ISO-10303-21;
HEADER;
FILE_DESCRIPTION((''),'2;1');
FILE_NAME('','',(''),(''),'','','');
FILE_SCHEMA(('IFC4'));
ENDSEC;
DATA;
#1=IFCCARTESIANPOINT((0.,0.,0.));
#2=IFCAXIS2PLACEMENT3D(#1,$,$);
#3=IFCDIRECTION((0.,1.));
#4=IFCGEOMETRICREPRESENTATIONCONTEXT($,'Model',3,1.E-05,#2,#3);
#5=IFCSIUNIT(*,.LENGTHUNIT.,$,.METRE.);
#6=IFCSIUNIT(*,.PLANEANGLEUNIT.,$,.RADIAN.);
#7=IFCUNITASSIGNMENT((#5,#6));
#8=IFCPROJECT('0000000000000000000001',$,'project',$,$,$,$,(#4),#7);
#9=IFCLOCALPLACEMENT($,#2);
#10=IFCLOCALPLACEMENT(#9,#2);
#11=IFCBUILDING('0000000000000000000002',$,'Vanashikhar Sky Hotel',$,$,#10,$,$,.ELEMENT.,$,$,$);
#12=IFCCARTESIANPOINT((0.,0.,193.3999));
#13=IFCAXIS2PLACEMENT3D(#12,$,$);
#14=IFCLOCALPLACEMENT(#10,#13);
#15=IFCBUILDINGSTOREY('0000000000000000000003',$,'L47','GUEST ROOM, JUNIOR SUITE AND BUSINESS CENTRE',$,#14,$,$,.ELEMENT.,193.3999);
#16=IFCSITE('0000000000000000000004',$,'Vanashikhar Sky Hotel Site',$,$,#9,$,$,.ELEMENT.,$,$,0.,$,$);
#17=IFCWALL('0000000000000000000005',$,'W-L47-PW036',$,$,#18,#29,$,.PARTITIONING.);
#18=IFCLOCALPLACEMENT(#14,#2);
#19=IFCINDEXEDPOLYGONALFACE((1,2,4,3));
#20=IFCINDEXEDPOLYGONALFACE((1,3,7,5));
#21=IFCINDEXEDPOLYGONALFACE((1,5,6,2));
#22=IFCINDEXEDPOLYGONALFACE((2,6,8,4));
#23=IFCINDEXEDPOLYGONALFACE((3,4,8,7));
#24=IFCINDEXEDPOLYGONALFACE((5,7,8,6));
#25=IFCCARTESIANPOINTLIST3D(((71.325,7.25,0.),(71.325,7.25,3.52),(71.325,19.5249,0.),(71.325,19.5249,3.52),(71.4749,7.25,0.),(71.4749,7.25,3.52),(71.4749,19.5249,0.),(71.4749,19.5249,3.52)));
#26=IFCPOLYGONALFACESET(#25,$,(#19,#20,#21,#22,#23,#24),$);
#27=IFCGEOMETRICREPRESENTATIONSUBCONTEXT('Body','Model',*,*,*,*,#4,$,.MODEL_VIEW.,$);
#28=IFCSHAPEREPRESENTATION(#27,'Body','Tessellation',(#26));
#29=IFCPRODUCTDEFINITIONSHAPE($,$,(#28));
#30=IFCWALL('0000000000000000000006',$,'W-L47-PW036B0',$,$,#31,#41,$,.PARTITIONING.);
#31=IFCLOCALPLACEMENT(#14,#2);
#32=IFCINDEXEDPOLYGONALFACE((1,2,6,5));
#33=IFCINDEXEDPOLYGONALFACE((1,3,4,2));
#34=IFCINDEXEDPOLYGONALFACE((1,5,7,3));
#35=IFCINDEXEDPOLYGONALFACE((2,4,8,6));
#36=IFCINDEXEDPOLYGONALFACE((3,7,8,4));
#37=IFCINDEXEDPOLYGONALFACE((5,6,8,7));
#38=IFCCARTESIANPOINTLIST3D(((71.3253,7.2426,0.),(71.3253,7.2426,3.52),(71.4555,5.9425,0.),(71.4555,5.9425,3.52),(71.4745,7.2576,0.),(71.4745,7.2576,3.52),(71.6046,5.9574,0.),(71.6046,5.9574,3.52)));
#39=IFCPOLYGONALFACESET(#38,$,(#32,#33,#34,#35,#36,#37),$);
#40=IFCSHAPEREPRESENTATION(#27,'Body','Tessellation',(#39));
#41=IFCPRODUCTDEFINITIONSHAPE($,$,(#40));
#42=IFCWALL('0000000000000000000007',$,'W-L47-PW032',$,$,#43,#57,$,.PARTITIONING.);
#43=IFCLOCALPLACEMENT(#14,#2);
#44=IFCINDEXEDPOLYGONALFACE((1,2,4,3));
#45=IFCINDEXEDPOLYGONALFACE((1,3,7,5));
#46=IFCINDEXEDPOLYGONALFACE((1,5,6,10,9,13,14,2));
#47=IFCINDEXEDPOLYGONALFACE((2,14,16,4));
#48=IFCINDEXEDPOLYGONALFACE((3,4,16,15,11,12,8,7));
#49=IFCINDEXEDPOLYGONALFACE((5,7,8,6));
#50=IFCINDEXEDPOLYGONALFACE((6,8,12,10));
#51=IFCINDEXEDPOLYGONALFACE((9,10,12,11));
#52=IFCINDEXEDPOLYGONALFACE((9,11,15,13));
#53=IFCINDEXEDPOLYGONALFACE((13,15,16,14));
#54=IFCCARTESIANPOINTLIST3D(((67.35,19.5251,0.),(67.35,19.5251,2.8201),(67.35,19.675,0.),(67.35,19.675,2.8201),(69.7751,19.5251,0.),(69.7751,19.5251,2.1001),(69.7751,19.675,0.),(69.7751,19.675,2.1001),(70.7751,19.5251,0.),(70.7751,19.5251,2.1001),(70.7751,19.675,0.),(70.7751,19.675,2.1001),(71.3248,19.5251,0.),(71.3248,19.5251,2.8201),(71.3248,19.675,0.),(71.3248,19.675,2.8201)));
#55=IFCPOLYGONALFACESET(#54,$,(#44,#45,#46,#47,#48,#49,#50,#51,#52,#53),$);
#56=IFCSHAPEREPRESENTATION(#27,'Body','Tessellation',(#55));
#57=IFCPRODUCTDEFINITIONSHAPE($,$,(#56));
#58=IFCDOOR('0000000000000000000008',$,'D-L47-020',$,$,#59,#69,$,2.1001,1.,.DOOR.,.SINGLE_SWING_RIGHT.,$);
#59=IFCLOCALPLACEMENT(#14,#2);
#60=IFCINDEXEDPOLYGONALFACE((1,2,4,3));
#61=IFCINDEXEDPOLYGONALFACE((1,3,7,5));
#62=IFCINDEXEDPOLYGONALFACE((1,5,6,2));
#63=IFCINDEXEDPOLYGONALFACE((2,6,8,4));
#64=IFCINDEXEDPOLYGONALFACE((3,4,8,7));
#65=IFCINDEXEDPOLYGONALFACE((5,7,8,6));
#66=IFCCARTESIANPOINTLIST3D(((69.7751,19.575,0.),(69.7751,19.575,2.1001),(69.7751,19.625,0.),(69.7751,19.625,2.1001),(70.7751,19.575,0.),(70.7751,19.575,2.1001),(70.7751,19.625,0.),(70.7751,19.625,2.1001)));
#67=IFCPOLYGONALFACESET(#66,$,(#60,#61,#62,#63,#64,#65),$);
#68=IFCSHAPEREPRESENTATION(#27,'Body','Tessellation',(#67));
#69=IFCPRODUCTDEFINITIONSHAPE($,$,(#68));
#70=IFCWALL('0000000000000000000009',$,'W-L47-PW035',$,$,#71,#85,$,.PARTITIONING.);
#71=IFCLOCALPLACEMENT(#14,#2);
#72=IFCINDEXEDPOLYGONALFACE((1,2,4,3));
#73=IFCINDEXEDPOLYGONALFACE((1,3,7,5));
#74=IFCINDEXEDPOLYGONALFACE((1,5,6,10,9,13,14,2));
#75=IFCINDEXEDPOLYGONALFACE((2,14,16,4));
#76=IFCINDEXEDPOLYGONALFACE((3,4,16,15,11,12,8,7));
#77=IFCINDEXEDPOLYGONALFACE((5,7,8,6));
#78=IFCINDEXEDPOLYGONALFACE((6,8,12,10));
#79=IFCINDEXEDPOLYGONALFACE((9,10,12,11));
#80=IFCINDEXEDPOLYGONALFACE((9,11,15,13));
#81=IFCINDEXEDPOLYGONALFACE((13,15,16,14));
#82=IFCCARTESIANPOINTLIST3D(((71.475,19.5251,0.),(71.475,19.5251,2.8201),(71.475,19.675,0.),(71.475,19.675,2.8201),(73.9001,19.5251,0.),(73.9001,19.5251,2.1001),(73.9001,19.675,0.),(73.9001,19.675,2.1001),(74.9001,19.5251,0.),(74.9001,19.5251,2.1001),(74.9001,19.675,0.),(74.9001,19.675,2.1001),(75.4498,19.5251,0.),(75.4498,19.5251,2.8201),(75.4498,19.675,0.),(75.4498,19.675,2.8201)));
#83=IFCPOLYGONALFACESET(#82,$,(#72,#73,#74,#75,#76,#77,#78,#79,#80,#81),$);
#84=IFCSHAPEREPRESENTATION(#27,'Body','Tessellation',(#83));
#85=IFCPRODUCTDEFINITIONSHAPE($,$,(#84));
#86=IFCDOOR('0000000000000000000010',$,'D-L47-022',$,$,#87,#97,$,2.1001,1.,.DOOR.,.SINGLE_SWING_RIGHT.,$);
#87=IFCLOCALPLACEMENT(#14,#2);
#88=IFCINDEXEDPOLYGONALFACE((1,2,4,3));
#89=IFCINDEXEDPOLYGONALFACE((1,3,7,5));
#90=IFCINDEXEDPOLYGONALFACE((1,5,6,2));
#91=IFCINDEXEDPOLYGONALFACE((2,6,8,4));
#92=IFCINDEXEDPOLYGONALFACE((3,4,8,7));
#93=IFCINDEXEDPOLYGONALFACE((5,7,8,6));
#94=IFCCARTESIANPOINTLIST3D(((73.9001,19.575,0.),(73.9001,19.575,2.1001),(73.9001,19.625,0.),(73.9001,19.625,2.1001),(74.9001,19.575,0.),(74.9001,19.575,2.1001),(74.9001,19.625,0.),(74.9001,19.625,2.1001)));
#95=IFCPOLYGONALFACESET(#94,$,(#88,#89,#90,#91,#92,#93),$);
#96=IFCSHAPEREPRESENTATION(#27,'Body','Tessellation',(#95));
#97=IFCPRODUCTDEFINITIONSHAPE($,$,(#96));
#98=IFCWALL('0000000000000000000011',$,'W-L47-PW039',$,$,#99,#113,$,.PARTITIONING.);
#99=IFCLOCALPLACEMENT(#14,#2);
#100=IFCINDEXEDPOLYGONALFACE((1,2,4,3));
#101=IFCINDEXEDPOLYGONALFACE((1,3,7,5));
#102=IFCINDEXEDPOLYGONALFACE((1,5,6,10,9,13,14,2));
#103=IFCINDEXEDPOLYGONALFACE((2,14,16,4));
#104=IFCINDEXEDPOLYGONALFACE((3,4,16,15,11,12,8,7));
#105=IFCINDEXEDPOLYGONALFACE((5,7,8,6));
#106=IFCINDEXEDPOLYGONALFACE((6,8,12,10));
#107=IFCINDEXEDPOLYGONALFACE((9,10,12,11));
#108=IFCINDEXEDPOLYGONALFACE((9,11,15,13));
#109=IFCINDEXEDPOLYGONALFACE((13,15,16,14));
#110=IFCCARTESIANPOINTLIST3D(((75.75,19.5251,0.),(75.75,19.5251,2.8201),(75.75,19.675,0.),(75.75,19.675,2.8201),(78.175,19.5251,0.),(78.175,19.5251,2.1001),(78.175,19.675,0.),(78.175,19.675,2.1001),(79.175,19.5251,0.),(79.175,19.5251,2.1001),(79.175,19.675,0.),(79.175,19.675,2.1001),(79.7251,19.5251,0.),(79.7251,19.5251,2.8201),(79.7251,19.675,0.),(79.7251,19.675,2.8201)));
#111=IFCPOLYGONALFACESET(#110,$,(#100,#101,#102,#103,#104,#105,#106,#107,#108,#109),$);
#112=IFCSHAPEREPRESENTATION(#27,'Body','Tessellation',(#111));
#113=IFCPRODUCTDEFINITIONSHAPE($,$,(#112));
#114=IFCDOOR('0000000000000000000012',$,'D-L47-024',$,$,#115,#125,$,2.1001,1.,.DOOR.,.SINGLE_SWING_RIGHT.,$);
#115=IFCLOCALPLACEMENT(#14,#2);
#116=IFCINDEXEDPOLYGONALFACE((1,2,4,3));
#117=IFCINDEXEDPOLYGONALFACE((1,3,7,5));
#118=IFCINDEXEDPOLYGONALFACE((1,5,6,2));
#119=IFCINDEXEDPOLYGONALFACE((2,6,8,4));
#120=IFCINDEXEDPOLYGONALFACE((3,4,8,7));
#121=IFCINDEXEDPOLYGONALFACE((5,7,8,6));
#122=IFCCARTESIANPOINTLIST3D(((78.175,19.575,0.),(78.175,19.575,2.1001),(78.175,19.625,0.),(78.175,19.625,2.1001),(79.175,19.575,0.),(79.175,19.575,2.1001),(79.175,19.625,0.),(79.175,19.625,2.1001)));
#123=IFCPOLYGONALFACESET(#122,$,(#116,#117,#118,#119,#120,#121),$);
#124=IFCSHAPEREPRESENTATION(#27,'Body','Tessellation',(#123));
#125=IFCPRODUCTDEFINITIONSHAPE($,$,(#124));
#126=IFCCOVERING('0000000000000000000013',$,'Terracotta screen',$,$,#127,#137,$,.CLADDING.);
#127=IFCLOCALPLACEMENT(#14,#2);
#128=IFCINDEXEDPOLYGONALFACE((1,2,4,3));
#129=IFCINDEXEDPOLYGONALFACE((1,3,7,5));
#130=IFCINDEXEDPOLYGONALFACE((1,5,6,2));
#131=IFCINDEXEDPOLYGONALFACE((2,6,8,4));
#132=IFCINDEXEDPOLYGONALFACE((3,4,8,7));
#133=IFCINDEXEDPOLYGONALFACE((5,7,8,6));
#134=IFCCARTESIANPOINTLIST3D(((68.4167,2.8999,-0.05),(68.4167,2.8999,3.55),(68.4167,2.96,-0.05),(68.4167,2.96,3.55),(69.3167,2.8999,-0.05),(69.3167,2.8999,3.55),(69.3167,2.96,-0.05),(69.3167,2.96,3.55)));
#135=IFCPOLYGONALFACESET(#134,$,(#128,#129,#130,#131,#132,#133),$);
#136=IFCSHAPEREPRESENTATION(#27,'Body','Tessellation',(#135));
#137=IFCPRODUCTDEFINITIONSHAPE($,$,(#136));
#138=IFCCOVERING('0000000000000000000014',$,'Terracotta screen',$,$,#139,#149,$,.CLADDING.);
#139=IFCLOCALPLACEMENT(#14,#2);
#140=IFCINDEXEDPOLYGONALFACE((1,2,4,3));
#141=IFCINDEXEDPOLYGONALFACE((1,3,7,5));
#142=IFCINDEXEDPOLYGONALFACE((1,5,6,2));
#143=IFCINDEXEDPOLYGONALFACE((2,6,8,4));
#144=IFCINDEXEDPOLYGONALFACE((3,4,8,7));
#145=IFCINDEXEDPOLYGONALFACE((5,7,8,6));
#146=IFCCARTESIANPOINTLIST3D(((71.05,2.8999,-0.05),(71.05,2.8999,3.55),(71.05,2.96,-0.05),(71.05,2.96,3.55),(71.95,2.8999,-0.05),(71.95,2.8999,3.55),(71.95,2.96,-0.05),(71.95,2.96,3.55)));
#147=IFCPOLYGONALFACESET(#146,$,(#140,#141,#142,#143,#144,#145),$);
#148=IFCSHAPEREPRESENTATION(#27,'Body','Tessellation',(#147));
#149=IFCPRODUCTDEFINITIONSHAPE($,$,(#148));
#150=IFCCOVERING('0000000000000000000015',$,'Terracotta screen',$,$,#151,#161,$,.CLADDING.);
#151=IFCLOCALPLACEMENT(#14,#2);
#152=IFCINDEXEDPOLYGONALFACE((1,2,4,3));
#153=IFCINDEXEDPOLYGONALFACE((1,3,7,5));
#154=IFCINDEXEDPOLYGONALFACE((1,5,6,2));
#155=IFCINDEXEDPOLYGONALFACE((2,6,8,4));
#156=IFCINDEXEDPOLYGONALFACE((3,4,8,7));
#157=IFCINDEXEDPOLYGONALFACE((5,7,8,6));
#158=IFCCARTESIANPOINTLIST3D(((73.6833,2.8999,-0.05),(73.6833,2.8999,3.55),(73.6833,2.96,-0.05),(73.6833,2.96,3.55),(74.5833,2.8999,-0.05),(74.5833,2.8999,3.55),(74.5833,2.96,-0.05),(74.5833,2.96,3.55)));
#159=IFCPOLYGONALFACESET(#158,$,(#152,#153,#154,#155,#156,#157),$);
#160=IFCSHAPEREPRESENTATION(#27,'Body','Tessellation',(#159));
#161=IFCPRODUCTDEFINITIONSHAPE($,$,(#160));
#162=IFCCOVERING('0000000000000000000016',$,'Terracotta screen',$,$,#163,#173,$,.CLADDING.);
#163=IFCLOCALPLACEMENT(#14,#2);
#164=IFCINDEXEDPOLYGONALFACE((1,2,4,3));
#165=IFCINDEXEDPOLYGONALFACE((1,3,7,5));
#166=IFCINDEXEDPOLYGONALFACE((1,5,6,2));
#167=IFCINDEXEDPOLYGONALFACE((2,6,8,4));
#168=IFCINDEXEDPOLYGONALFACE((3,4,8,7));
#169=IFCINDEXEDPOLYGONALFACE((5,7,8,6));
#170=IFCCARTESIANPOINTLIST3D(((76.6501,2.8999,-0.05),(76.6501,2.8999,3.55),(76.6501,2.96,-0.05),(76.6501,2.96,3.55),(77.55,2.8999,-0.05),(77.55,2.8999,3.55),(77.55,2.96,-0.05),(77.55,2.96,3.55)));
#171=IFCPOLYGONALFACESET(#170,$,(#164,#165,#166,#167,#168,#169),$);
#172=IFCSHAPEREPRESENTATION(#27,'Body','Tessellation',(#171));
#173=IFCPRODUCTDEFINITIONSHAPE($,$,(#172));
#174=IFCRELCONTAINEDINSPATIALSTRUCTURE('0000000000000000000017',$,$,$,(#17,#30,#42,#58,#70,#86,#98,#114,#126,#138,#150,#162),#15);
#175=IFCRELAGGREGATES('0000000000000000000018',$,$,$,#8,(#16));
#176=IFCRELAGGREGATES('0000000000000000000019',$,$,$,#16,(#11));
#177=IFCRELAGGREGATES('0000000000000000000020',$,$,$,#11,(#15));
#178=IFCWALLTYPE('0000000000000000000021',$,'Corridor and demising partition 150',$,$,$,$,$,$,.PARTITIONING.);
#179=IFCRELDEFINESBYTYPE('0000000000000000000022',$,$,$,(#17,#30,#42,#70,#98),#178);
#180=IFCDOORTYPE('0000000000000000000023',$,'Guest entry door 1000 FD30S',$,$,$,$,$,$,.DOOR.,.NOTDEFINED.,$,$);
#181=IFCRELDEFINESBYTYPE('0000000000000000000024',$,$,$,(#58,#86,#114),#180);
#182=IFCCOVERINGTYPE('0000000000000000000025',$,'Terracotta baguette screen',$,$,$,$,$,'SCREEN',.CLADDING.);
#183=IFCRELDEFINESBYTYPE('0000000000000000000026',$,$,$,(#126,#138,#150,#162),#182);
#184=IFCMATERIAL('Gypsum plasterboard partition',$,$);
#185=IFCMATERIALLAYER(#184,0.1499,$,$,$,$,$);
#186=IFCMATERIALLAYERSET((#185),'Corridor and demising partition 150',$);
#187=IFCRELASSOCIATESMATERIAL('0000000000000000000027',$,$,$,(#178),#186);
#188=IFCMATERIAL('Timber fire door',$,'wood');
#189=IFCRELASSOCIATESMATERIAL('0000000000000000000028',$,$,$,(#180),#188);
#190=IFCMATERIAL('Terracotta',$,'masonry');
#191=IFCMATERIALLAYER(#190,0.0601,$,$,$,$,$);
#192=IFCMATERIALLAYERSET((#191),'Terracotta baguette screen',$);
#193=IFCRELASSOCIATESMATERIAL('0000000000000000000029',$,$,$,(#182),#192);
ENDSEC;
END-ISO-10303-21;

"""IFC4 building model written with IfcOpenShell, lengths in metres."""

from ifc_helpers import new_model, si_unit, direction, frame, frame_2d, origin, origin_2d, place, context, subcontext, project, spatial, rectangle, extrude, source, transform, mapped, material, layer, layer_set, type_object, element, fill, save


model = new_model("IFC4")

# Units and contexts
model_context = context("Model", 3, precision=1e-05, world=origin(), true_north=direction((0.0, 1.0)))
body_context = subcontext(model_context, "Body", "Model", "MODEL_VIEW")
ifc_project = project(units=[si_unit("LENGTHUNIT", "METRE"), si_unit("PLANEANGLEUNIT", "RADIAN")], contexts=[model_context])

# Site, building, storey
site_placement = place(None, origin())
site = spatial("IfcSite", under=ifc_project, at=site_placement, Name="Vanashikhar Sky Hotel Site", CompositionType="ELEMENT", RefElevation=0.0)
building_placement = place(site_placement, origin())
building = spatial("IfcBuilding", under=site, at=building_placement, Name="Vanashikhar Sky Hotel", CompositionType="ELEMENT")
storey_placement = place(building_placement, frame((0.0, 0.0, 193.3999)))
storey = spatial("IfcBuildingStorey", under=building, at=storey_placement, Name="L47", Description="GUEST ROOM, JUNIOR SUITE AND BUSINESS CENTRE", CompositionType="ELEMENT", Elevation=193.3999)

# Shared definitions
ifc_material_1 = material(Name="Gypsum plasterboard partition")

# Walls
ifc_layer_1 = layer(ifc_material_1, 0.1499)
ifc_layer_set_1 = layer_set([ifc_layer_1], Name="Corridor and demising partition 150")
wall_type_1 = type_object("IfcWallType", Name="Corridor and demising partition 150", PredefinedType="PARTITIONING", material=ifc_layer_set_1)
shared_shape_1 = source(origin(), body_context, "Body", "SweptSolid", [
    extrude(rectangle(XDim=12.2749, YDim=0.1499, at=frame_2d((6.1375, 0.0))), origin(), (0.0, 0.0, 1.0), 3.52),
])
wall_1_placement = place(storey_placement, frame((71.3999, 7.25, 0.0), z_axis=(0.0, 0.0, 1.0), x_axis=(0.0, 1.0, 0.0)))
element("IfcWall", 1, at=wall_1_placement, inside=storey, type_object=wall_type_1, Name="W-L47-PW036", PredefinedType="PARTITIONING", context=body_context, shape_type="MappedRepresentation", body=[
    mapped(shared_shape_1, transform((0.0, 0.0, 0.0), scale=1.0)),
])
shared_shape_2 = source(origin(), body_context, "Body", "SweptSolid", [
    extrude(rectangle(XDim=1.3066, YDim=0.1499, at=frame_2d((0.6533, 0.0))), origin(), (0.0, 0.0, 1.0), 3.52),
])
wall_2_placement = place(storey_placement, frame((71.53, 5.95, 0.0), z_axis=(0.0, 0.0, 1.0), x_axis=(-0.099596, 0.995028, 0.0)))
element("IfcWall", 2, at=wall_2_placement, inside=storey, type_object=wall_type_1, Name="W-L47-PW036B0", PredefinedType="PARTITIONING", context=body_context, shape_type="MappedRepresentation", body=[
    mapped(shared_shape_2, transform((0.0, 0.0, 0.0), scale=1.0)),
])

# Walls, openings, doors
shared_shape_3 = source(origin(), body_context, "Body", "SweptSolid", [
    extrude(rectangle(XDim=3.9749, YDim=0.1499, at=frame_2d((1.9873, 0.0))), origin(), (0.0, 0.0, 1.0), 2.8201),
])
wall_3_placement = place(storey_placement, frame((67.3501, 19.6001, 0.0), z_axis=(0.0, 0.0, 1.0), x_axis=(1.0, 0.0, 0.0)))
wall_3 = element("IfcWall", 3, at=wall_3_placement, inside=storey, type_object=wall_type_1, Name="W-L47-PW032", PredefinedType="PARTITIONING", context=body_context, shape_type="MappedRepresentation", body=[
    mapped(shared_shape_3, transform((0.0, 0.0, 0.0), scale=1.0)),
])
shared_shape_4 = source(origin(), body_context, "Body", "SweptSolid", [
    extrude(rectangle(XDim=1.0, YDim=2.1001, at=frame_2d((0.5, 1.05))), frame((0.0, 0.085, 0.0), z_axis=(0.0, -1.0, 0.0), x_axis=(1.0, 0.0, 0.0)), (0.0, 0.0, 1.0), 0.1699),
])
opening_1_placement = place(wall_3_placement, frame((2.425, 0.0, 0.0)))
opening_1 = element("IfcOpeningElement", 4, at=opening_1_placement, cuts=wall_3, PredefinedType="OPENING", context=body_context, shape_type="MappedRepresentation", body=[
    mapped(shared_shape_4, transform((0.0, 0.0, 0.0), scale=1.0)),
])
ifc_material_2 = material(Name="Timber fire door", Category="wood")
door_type_1 = type_object("IfcDoorType", Name="Guest entry door 1000 FD30S", OperationType="NOTDEFINED", PredefinedType="DOOR", material=ifc_material_2)
shared_shape_5 = source(origin(), body_context, "Body", "SweptSolid", [
    extrude(rectangle(XDim=1.0, YDim=2.1001, at=frame_2d((0.5, 1.05))), frame((0.0, 0.0249, 0.0), z_axis=(0.0, -1.0, 0.0), x_axis=(1.0, 0.0, 0.0)), (0.0, 0.0, 1.0), 0.05),
])
door_1_placement = place(opening_1_placement, origin())
door_1 = element("IfcDoor", 5, at=door_1_placement, inside=storey, type_object=door_type_1, Name="D-L47-020", OperationType="SINGLE_SWING_RIGHT", OverallHeight=2.1001, OverallWidth=1.0, PredefinedType="DOOR", context=body_context, shape_type="MappedRepresentation", body=[
    mapped(shared_shape_5, transform((0.0, 0.0, 0.0), scale=1.0)),
])
fill(opening_1, door_1)
wall_4_placement = place(storey_placement, frame((71.4751, 19.6001, 0.0), z_axis=(0.0, 0.0, 1.0), x_axis=(1.0, 0.0, 0.0)))
wall_4 = element("IfcWall", 6, at=wall_4_placement, inside=storey, type_object=wall_type_1, Name="W-L47-PW035", PredefinedType="PARTITIONING", context=body_context, shape_type="MappedRepresentation", body=[
    mapped(shared_shape_3, transform((0.0, 0.0, 0.0), scale=1.0)),
])
opening_2_placement = place(wall_4_placement, frame((2.425, 0.0, 0.0)))
opening_2 = element("IfcOpeningElement", 7, at=opening_2_placement, cuts=wall_4, PredefinedType="OPENING", context=body_context, shape_type="MappedRepresentation", body=[
    mapped(shared_shape_4, transform((0.0, 0.0, 0.0), scale=1.0)),
])
door_2_placement = place(opening_2_placement, origin())
door_2 = element("IfcDoor", 8, at=door_2_placement, inside=storey, type_object=door_type_1, Name="D-L47-022", OperationType="SINGLE_SWING_RIGHT", OverallHeight=2.1001, OverallWidth=1.0, PredefinedType="DOOR", context=body_context, shape_type="MappedRepresentation", body=[
    mapped(shared_shape_5, transform((0.0, 0.0, 0.0), scale=1.0)),
])
fill(opening_2, door_2)
shared_shape_6 = source(origin(), body_context, "Body", "SweptSolid", [
    extrude(rectangle(XDim=3.9751, YDim=0.1499, at=frame_2d((1.9875, 0.0))), origin(), (0.0, 0.0, 1.0), 2.8201),
])
wall_5_placement = place(storey_placement, frame((75.75, 19.6001, 0.0), z_axis=(0.0, 0.0, 1.0), x_axis=(1.0, 0.0, 0.0)))
wall_5 = element("IfcWall", 9, at=wall_5_placement, inside=storey, type_object=wall_type_1, Name="W-L47-PW039", PredefinedType="PARTITIONING", context=body_context, shape_type="MappedRepresentation", body=[
    mapped(shared_shape_6, transform((0.0, 0.0, 0.0), scale=1.0)),
])
opening_3_placement = place(wall_5_placement, frame((2.425, 0.0, 0.0)))
opening_3 = element("IfcOpeningElement", 10, at=opening_3_placement, cuts=wall_5, PredefinedType="OPENING", context=body_context, shape_type="MappedRepresentation", body=[
    mapped(shared_shape_4, transform((0.0, 0.0, 0.0), scale=1.0)),
])
door_3_placement = place(opening_3_placement, origin())
door_3 = element("IfcDoor", 11, at=door_3_placement, inside=storey, type_object=door_type_1, Name="D-L47-024", OperationType="SINGLE_SWING_RIGHT", OverallHeight=2.1001, OverallWidth=1.0, PredefinedType="DOOR", context=body_context, shape_type="MappedRepresentation", body=[
    mapped(shared_shape_5, transform((0.0, 0.0, 0.0), scale=1.0)),
])
fill(opening_3, door_3)

# Coverings
ifc_material_3 = material(Name="Terracotta", Category="masonry")
ifc_layer_2 = layer(ifc_material_3, 0.0601)
ifc_layer_set_2 = layer_set([ifc_layer_2], Name="Terracotta baguette screen")
covering_type = type_object("IfcCoveringType", Name="Terracotta baguette screen", ElementType="SCREEN", PredefinedType="CLADDING", material=ifc_layer_set_2)
shared_shape_7 = source(origin(), body_context, "Body", "SweptSolid", [
    extrude(rectangle(XDim=0.8999, YDim=0.0601, at=origin_2d()), origin(), (0.0, 0.0, 1.0), 3.6001),
])
for number, where, z_axis, x_axis, name in (
    (12, (68.8667, 2.9299, -0.05), (0.0, 0.0, 1.0), (1.0, 0.0, 0.0), "Terracotta screen"),
    (13, (71.5, 2.9299, -0.05), (0.0, 0.0, 1.0), (1.0, 0.0, 0.0), "Terracotta screen"),
    (14, (74.1333, 2.9299, -0.05), (0.0, 0.0, 1.0), (1.0, 0.0, 0.0), "Terracotta screen"),
    (15, (77.1001, 2.9299, -0.05), (0.0, 0.0, 1.0), (1.0, 0.0, 0.0), "Terracotta screen"),
):
    element("IfcCovering", number, at=place(storey_placement, frame(where, z_axis=z_axis, x_axis=x_axis)), inside=storey, type_object=covering_type, Name=name, PredefinedType="CLADDING", context=body_context, shape_type="MappedRepresentation", body=[
        mapped(shared_shape_7, transform((0.0, 0.0, 0.0), scale=1.0)),
    ])

save(model, "model.ifc")
